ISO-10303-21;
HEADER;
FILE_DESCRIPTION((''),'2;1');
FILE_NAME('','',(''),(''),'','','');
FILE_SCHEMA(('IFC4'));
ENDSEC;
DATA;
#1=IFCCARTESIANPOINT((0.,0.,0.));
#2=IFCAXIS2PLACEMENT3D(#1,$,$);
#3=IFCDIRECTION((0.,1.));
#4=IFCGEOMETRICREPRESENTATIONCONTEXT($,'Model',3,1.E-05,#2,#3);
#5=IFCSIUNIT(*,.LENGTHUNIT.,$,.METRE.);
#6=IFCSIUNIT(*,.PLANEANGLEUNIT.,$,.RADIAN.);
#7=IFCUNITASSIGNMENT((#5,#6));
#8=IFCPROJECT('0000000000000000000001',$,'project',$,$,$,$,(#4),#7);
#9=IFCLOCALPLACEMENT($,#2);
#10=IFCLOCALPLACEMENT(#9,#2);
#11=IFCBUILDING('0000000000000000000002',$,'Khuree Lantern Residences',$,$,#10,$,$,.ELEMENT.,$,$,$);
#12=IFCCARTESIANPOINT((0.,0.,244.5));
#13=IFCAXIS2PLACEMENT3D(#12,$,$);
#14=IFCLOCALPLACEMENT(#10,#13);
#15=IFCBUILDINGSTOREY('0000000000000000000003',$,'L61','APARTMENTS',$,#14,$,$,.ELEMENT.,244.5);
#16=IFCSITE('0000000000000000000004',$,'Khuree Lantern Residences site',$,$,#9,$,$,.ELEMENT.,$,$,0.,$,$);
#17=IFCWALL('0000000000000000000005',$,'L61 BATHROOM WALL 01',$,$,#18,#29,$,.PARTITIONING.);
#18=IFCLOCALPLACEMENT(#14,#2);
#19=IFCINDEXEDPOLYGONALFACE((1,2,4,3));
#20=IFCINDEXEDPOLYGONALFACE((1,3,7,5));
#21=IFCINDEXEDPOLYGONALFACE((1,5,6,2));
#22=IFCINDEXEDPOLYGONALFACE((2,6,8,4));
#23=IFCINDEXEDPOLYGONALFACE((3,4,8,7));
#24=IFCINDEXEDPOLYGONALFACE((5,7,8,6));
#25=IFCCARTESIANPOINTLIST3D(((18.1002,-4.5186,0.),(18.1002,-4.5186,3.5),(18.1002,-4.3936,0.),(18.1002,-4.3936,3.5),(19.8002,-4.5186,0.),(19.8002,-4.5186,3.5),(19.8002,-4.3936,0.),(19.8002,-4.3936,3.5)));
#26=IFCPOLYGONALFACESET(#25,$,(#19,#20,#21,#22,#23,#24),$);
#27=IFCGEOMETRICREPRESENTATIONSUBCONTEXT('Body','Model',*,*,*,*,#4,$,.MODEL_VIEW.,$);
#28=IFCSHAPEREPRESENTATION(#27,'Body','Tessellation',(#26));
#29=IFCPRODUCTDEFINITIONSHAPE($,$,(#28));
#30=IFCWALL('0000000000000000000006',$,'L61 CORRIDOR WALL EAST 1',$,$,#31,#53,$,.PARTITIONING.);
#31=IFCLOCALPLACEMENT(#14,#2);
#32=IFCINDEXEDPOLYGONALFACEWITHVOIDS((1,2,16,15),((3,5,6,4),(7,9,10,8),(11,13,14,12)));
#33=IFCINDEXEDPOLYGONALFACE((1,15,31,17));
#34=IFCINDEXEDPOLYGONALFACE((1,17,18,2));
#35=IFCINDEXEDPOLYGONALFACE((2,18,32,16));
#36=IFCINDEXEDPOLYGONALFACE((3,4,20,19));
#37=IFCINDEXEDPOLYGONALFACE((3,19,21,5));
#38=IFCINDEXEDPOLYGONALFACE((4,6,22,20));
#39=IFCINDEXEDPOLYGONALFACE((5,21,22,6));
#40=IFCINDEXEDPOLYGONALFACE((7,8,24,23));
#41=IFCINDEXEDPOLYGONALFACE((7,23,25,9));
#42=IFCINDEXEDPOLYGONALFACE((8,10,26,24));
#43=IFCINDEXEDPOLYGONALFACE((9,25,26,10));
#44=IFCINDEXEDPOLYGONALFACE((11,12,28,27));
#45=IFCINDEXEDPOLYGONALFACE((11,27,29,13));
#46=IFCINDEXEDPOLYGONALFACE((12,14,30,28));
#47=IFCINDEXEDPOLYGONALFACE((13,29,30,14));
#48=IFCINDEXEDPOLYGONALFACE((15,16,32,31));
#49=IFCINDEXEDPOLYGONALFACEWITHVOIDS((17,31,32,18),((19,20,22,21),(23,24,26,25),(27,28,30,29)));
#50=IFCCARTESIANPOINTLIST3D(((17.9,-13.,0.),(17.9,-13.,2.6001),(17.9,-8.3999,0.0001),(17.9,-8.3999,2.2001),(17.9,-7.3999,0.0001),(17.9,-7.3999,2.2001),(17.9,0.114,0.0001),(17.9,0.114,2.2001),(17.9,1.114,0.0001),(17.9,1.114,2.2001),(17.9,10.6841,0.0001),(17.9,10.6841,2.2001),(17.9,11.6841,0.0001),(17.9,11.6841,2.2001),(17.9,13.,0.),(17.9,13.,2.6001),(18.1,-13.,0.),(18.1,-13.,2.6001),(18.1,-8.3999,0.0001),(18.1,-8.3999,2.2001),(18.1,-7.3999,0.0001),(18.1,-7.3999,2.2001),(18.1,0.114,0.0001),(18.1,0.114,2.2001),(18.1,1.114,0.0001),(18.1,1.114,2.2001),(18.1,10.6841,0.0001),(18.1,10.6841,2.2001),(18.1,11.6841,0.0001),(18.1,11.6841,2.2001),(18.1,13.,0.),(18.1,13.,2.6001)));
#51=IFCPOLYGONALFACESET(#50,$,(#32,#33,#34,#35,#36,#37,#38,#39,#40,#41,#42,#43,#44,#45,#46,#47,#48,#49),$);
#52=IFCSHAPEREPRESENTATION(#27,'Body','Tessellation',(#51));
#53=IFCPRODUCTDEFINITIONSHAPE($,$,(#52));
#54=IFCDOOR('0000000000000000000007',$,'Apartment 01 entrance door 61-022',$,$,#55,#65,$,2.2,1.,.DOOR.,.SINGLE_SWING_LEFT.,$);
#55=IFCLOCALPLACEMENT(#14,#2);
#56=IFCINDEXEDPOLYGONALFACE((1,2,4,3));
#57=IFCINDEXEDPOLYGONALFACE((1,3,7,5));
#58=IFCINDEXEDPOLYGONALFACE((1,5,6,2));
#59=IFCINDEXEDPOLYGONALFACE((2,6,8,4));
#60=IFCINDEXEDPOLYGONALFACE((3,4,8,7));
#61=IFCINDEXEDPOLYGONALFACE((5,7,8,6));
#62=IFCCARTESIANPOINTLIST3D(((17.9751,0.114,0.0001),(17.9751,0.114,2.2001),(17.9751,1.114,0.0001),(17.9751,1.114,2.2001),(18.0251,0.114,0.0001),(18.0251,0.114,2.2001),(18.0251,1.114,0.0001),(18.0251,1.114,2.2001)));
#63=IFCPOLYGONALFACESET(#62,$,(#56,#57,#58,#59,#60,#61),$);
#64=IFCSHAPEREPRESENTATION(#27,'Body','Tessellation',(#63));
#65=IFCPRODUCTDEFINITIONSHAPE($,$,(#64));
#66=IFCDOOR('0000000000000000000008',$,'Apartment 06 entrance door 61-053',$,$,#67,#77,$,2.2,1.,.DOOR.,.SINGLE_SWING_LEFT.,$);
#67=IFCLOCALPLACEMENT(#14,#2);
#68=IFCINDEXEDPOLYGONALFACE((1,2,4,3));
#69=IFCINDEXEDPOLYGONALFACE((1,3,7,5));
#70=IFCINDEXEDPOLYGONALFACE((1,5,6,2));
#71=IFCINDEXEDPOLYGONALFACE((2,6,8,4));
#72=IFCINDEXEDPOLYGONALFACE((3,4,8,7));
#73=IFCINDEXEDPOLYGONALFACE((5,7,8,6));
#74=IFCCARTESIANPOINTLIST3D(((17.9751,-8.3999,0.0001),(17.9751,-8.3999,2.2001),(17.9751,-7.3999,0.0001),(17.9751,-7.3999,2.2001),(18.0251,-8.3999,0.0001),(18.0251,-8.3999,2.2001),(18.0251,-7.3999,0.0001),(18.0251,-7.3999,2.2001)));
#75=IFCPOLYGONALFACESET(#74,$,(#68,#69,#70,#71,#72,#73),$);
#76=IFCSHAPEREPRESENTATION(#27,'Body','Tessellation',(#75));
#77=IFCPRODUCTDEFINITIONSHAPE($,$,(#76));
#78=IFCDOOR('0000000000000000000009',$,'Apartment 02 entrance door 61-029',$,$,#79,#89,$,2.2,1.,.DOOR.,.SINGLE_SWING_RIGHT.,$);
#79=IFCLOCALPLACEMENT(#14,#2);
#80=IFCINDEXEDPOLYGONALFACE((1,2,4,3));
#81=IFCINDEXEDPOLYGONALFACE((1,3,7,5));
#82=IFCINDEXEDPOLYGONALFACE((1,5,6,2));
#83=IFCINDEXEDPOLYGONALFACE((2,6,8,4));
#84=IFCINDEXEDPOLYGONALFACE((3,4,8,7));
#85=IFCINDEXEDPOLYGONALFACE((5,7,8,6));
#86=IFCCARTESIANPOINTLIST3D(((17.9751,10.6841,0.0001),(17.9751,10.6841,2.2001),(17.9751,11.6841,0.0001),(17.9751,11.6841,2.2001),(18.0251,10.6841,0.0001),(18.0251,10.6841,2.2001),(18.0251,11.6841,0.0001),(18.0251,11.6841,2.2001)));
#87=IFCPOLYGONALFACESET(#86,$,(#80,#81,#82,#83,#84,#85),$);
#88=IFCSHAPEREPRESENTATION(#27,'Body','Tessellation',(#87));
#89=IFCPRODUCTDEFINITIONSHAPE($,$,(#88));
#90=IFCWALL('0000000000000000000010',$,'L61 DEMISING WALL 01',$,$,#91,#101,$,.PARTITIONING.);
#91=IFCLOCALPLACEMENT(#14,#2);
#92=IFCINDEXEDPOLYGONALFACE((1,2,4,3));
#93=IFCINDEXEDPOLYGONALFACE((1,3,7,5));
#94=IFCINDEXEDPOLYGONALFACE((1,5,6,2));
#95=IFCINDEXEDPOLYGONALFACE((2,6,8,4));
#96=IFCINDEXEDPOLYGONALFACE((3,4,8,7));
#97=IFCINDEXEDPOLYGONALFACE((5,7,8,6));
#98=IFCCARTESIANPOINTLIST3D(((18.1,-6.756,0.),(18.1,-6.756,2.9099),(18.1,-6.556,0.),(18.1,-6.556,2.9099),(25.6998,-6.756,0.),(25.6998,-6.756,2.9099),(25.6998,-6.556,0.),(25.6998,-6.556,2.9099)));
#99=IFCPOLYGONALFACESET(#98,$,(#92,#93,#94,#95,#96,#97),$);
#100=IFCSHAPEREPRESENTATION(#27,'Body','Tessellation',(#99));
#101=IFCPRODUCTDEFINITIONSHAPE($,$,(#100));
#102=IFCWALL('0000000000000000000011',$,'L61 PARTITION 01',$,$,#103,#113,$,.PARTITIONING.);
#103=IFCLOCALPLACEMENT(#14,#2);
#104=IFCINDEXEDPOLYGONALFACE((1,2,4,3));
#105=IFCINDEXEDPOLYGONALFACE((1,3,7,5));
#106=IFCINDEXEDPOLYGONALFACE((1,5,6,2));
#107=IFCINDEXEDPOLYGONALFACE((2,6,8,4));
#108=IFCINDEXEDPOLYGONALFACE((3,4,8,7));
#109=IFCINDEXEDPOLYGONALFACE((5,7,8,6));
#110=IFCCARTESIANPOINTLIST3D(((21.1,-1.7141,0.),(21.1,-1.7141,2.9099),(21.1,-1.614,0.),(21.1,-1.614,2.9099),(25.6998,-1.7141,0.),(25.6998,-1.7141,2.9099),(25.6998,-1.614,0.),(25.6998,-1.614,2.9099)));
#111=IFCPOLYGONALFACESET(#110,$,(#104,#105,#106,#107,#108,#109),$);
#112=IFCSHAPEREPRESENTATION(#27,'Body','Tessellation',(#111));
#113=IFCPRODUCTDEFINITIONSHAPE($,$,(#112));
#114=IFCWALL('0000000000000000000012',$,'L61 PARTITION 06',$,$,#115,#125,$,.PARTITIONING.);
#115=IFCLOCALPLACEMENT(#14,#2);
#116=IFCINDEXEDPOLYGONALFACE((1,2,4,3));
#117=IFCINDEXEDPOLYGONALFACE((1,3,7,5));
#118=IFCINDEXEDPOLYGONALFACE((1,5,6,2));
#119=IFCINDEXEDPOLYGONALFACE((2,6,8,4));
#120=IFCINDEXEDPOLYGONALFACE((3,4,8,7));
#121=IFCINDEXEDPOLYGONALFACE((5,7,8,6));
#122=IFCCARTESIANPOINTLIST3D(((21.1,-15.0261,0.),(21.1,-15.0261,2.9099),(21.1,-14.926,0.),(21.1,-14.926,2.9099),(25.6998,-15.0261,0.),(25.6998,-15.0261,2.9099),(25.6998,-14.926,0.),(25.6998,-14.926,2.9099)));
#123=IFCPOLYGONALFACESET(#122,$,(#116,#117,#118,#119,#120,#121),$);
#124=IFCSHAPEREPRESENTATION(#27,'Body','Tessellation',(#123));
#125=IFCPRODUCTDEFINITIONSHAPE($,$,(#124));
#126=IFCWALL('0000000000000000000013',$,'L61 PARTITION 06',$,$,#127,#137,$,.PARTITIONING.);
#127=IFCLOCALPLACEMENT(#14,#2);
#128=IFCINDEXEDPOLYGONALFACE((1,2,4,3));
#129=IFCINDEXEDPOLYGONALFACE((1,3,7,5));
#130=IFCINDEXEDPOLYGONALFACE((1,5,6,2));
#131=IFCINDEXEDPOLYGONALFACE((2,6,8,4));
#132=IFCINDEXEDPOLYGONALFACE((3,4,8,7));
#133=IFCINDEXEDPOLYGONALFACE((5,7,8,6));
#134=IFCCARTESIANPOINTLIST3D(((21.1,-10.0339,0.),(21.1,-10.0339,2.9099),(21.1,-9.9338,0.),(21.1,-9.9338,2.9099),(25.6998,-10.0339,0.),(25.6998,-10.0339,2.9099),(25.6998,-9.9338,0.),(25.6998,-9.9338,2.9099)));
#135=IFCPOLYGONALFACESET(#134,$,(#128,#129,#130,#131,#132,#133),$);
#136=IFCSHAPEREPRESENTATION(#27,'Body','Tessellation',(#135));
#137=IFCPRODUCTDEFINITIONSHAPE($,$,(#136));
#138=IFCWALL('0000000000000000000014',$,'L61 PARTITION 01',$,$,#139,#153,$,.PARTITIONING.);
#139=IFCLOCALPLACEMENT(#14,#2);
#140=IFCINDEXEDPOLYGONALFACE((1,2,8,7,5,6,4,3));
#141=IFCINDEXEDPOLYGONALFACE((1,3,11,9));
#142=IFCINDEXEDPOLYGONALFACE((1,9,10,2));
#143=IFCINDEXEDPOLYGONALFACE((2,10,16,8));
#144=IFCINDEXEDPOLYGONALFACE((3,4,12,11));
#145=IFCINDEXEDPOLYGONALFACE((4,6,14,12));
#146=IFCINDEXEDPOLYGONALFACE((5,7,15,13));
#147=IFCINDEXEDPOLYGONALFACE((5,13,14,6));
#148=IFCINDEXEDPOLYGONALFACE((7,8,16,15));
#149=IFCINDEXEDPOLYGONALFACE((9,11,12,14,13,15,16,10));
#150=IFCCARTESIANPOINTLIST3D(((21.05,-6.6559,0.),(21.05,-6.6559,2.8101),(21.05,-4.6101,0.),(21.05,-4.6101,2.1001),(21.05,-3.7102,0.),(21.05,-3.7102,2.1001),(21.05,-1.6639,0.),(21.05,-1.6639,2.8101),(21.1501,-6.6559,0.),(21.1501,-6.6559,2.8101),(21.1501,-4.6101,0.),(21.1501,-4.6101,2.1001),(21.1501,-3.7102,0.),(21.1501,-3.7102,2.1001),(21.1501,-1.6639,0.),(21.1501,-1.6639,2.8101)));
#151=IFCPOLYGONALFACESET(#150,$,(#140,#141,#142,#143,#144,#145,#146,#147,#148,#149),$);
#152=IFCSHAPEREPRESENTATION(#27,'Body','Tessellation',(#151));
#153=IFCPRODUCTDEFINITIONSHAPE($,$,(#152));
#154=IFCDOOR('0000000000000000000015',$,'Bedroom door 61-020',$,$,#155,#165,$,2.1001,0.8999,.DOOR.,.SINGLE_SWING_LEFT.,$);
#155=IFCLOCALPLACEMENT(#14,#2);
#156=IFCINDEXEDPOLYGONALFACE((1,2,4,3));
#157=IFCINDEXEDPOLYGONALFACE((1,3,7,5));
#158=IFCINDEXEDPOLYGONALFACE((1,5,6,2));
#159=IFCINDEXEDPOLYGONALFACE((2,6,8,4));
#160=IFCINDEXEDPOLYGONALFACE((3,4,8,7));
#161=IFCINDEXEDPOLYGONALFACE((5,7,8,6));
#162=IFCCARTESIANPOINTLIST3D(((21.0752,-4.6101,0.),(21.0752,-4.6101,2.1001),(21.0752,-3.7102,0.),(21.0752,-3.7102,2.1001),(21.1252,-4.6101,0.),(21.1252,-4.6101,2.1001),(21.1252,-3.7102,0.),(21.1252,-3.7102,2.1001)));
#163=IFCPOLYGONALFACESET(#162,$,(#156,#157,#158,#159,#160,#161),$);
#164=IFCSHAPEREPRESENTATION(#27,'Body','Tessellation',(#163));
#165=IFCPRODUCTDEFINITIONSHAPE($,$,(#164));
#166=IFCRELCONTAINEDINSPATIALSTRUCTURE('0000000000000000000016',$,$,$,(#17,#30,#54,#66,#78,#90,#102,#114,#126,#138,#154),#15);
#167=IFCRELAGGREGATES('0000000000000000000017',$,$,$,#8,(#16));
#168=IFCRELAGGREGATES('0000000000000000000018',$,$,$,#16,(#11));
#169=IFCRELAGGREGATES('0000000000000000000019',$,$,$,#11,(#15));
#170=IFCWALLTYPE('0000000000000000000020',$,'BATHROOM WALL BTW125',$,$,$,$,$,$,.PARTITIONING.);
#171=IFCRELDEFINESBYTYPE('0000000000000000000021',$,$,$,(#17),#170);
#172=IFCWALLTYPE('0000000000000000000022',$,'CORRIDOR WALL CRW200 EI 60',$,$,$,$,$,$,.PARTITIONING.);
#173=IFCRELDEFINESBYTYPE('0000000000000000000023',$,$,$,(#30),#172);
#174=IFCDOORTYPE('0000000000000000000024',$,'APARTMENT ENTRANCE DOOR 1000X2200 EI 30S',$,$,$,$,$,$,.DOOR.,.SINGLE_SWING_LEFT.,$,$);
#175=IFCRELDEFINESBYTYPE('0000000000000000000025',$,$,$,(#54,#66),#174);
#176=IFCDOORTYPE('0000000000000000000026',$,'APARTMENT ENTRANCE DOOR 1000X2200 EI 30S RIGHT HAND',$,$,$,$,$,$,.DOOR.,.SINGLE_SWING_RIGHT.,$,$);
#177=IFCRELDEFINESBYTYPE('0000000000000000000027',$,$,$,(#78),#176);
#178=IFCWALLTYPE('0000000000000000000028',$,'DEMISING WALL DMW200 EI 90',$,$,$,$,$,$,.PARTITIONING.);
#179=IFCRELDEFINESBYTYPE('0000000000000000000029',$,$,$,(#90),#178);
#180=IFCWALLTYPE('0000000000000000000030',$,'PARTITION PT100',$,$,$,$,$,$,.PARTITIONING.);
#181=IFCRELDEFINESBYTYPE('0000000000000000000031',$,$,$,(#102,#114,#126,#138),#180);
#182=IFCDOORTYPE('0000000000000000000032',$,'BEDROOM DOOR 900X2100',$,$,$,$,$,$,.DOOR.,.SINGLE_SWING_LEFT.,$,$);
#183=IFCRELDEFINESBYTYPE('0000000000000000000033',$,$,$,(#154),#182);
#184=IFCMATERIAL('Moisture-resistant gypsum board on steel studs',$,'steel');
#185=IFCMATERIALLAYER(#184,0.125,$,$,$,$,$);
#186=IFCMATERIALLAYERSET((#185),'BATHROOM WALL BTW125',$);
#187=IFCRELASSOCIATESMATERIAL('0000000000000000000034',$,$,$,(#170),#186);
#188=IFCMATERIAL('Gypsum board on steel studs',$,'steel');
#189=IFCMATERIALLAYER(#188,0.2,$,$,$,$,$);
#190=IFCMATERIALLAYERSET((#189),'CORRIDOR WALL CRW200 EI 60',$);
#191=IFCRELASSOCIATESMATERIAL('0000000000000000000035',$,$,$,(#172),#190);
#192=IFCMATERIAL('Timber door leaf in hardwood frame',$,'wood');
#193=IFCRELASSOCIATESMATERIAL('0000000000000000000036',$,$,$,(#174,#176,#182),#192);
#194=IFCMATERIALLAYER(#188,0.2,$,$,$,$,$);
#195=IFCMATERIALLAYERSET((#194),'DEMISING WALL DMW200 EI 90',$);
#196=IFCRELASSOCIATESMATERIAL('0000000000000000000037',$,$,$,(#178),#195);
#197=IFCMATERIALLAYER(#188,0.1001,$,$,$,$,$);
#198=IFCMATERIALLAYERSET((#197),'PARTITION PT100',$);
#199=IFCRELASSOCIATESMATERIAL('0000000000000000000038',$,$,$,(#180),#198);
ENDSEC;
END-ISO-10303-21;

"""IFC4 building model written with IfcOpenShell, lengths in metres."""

from ifc_helpers import new_model, si_unit, direction, frame, frame_2d, origin, place, context, subcontext, project, spatial, rectangle, extrude, material, layer, layer_set, type_object, element, fill, save


model = new_model("IFC4")

# Units and contexts
model_context = context("Model", 3, precision=1e-05, world=origin(), true_north=direction((0.0, 1.0)))
body_context = subcontext(model_context, "Body", "Model", "MODEL_VIEW")
ifc_project = project(units=[si_unit("LENGTHUNIT", "METRE"), si_unit("PLANEANGLEUNIT", "RADIAN")], contexts=[model_context])

# Site, building, storey
site_placement = place(None, origin())
site = spatial("IfcSite", under=ifc_project, at=site_placement, Name="Khuree Lantern Residences site", CompositionType="ELEMENT", RefElevation=0.0)
building_placement = place(site_placement, origin())
building = spatial("IfcBuilding", under=site, at=building_placement, Name="Khuree Lantern Residences", CompositionType="ELEMENT")
storey_placement = place(building_placement, frame((0.0, 0.0, 244.5)))
storey = spatial("IfcBuildingStorey", under=building, at=storey_placement, Name="L61", Description="APARTMENTS", CompositionType="ELEMENT", Elevation=244.5)

# Shared definitions
ifc_material_1 = material(Name="Moisture-resistant gypsum board on steel studs", Category="steel")
ifc_layer_1 = layer(ifc_material_1, 0.125)
ifc_layer_set_1 = layer_set([ifc_layer_1], Name="BATHROOM WALL BTW125")
wall_type_1 = type_object("IfcWallType", Name="BATHROOM WALL BTW125", PredefinedType="PARTITIONING", material=ifc_layer_set_1)
ifc_material_2 = material(Name="Timber door leaf in hardwood frame", Category="wood")

# Wall
wall_1_placement = place(storey_placement, frame((18.1001, -4.4561, 0.0), z_axis=(0.0, 0.0, 1.0), x_axis=(1.0, 0.0, 0.0)))
element("IfcWall", 1, at=wall_1_placement, inside=storey, type_object=wall_type_1, Name="L61 BATHROOM WALL 01", PredefinedType="PARTITIONING", context=body_context, shape_type="SweptSolid", body=[
    extrude(rectangle(XDim=1.7, YDim=0.125, at=frame_2d((0.8501, 0.0))), origin(), (0.0, 0.0, 1.0), 3.5),
])

# Wall, openings, doors
ifc_material_3 = material(Name="Gypsum board on steel studs", Category="steel")
ifc_layer_2 = layer(ifc_material_3, 0.2)
ifc_layer_set_2 = layer_set([ifc_layer_2], Name="CORRIDOR WALL CRW200 EI 60")
wall_type_2 = type_object("IfcWallType", Name="CORRIDOR WALL CRW200 EI 60", PredefinedType="PARTITIONING", material=ifc_layer_set_2)
wall_2_placement = place(storey_placement, frame((18.0, -13.0, 0.0), z_axis=(0.0, 0.0, 1.0), x_axis=(0.0, 1.0, 0.0)))
wall_2 = element("IfcWall", 2, at=wall_2_placement, inside=storey, type_object=wall_type_2, Name="L61 CORRIDOR WALL EAST 1", PredefinedType="PARTITIONING", context=body_context, shape_type="SweptSolid", body=[
    extrude(rectangle(XDim=26.0, YDim=0.2, at=frame_2d((13.0, 0.0))), origin(), (0.0, 0.0, 1.0), 2.6001),
])
opening_1_placement = place(wall_2_placement, frame((13.114, 0.0, 0.0)))
opening_1 = element("IfcOpeningElement", 3, at=opening_1_placement, cuts=wall_2, PredefinedType="OPENING", context=body_context, shape_type="SweptSolid", body=[
    extrude(rectangle(XDim=1.0, YDim=2.2, at=frame_2d((0.5, 1.1001))), frame((0.0, 0.1099, 0.0), z_axis=(0.0, -1.0, 0.0), x_axis=(1.0, 0.0, 0.0)), (0.0, 0.0, 1.0), 0.22),
])
opening_2_placement = place(wall_2_placement, frame((23.6841, 0.0, 0.0)))
opening_2 = element("IfcOpeningElement", 4, at=opening_2_placement, cuts=wall_2, PredefinedType="OPENING", context=body_context, shape_type="SweptSolid", body=[
    extrude(rectangle(XDim=1.0, YDim=2.2, at=frame_2d((0.5, 1.1001))), frame((0.0, 0.1099, 0.0), z_axis=(0.0, -1.0, 0.0), x_axis=(1.0, 0.0, 0.0)), (0.0, 0.0, 1.0), 0.22),
])
opening_3_placement = place(wall_2_placement, frame((4.6001, 0.0, 0.0)))
opening_3 = element("IfcOpeningElement", 5, at=opening_3_placement, cuts=wall_2, PredefinedType="OPENING", context=body_context, shape_type="SweptSolid", body=[
    extrude(rectangle(XDim=1.0, YDim=2.2, at=frame_2d((0.5, 1.1001))), frame((0.0, 0.1099, 0.0), z_axis=(0.0, -1.0, 0.0), x_axis=(1.0, 0.0, 0.0)), (0.0, 0.0, 1.0), 0.22),
])
door_type_1 = type_object("IfcDoorType", Name="APARTMENT ENTRANCE DOOR 1000X2200 EI 30S", OperationType="SINGLE_SWING_LEFT", PredefinedType="DOOR", material=ifc_material_2)
door_1_placement = place(opening_1_placement, origin())
door_1 = element("IfcDoor", 6, at=door_1_placement, inside=storey, type_object=door_type_1, Name="Apartment 01 entrance door 61-022", OperationType="SINGLE_SWING_LEFT", OverallHeight=2.2, OverallWidth=1.0, PredefinedType="DOOR", context=body_context, shape_type="SweptSolid", body=[
    extrude(rectangle(XDim=1.0, YDim=2.2, at=frame_2d((0.5, 1.1001))), frame((0.0, 0.0249, 0.0), z_axis=(0.0, -1.0, 0.0), x_axis=(1.0, 0.0, 0.0)), (0.0, 0.0, 1.0), 0.05),
])
fill(opening_1, door_1)
door_2_placement = place(opening_3_placement, origin())
door_2 = element("IfcDoor", 7, at=door_2_placement, inside=storey, type_object=door_type_1, Name="Apartment 06 entrance door 61-053", OperationType="SINGLE_SWING_LEFT", OverallHeight=2.2, OverallWidth=1.0, PredefinedType="DOOR", context=body_context, shape_type="SweptSolid", body=[
    extrude(rectangle(XDim=1.0, YDim=2.2, at=frame_2d((0.5, 1.1001))), frame((0.0, 0.0249, 0.0), z_axis=(0.0, -1.0, 0.0), x_axis=(1.0, 0.0, 0.0)), (0.0, 0.0, 1.0), 0.05),
])
fill(opening_3, door_2)
door_type_2 = type_object("IfcDoorType", Name="APARTMENT ENTRANCE DOOR 1000X2200 EI 30S RIGHT HAND", OperationType="SINGLE_SWING_RIGHT", PredefinedType="DOOR", material=ifc_material_2)
door_3_placement = place(opening_2_placement, origin())
door_3 = element("IfcDoor", 8, at=door_3_placement, inside=storey, type_object=door_type_2, Name="Apartment 02 entrance door 61-029", OperationType="SINGLE_SWING_RIGHT", OverallHeight=2.2, OverallWidth=1.0, PredefinedType="DOOR", context=body_context, shape_type="SweptSolid", body=[
    extrude(rectangle(XDim=1.0, YDim=2.2, at=frame_2d((0.5, 1.1001))), frame((0.0, 0.0249, 0.0), z_axis=(0.0, -1.0, 0.0), x_axis=(1.0, 0.0, 0.0)), (0.0, 0.0, 1.0), 0.05),
])
fill(opening_2, door_3)

# Walls
ifc_layer_3 = layer(ifc_material_3, 0.2)
ifc_layer_set_3 = layer_set([ifc_layer_3], Name="DEMISING WALL DMW200 EI 90")
wall_type_3 = type_object("IfcWallType", Name="DEMISING WALL DMW200 EI 90", PredefinedType="PARTITIONING", material=ifc_layer_set_3)
wall_3_placement = place(storey_placement, frame((18.1001, -6.656, 0.0), z_axis=(0.0, 0.0, 1.0), x_axis=(1.0, 0.0, 0.0)))
element("IfcWall", 9, at=wall_3_placement, inside=storey, type_object=wall_type_3, Name="L61 DEMISING WALL 01", PredefinedType="PARTITIONING", context=body_context, shape_type="SweptSolid", body=[
    extrude(rectangle(XDim=7.5999, YDim=0.2, at=frame_2d((3.7998, 0.0))), origin(), (0.0, 0.0, 1.0), 2.9099),
])
ifc_layer_4 = layer(ifc_material_3, 0.1001)
ifc_layer_set_4 = layer_set([ifc_layer_4], Name="PARTITION PT100")
wall_type_4 = type_object("IfcWallType", Name="PARTITION PT100", PredefinedType="PARTITIONING", material=ifc_layer_set_4)
for number, where, z_axis, x_axis, name in (
    (10, (21.1001, -1.6641, 0.0), (0.0, 0.0, 1.0), (1.0, 0.0, 0.0), "L61 PARTITION 01"),
    (11, (21.1001, -14.9761, 0.0), (0.0, 0.0, 1.0), (1.0, 0.0, 0.0), "L61 PARTITION 06"),
    (12, (21.1001, -9.9839, 0.0), (0.0, 0.0, 1.0), (1.0, 0.0, 0.0), "L61 PARTITION 06"),
):
    element("IfcWall", number, at=place(storey_placement, frame(where, z_axis=z_axis, x_axis=x_axis)), inside=storey, type_object=wall_type_4, Name=name, PredefinedType="PARTITIONING", context=body_context, shape_type="SweptSolid", body=[
        extrude(rectangle(XDim=4.5999, YDim=0.1001, at=frame_2d((2.2998, 0.0))), origin(), (0.0, 0.0, 1.0), 2.9099),
    ])

# Wall, opening, door
wall_4_placement = place(storey_placement, frame((21.1001, -6.656, 0.0), z_axis=(0.0, 0.0, 1.0), x_axis=(0.0, 1.0, 0.0)))
wall_4 = element("IfcWall", 13, at=wall_4_placement, inside=storey, type_object=wall_type_4, Name="L61 PARTITION 01", PredefinedType="PARTITIONING", context=body_context, shape_type="SweptSolid", body=[
    extrude(rectangle(XDim=4.9919, YDim=0.1001, at=frame_2d((2.4961, 0.0))), origin(), (0.0, 0.0, 1.0), 2.8101),
])
opening_4_placement = place(wall_4_placement, frame((2.0459, 0.0, 0.0)))
opening_4 = element("IfcOpeningElement", 14, at=opening_4_placement, cuts=wall_4, PredefinedType="OPENING", context=body_context, shape_type="SweptSolid", body=[
    extrude(rectangle(XDim=0.8999, YDim=2.1001, at=frame_2d((0.45, 1.05))), frame((0.0, 0.0601, 0.0), z_axis=(0.0, -1.0, 0.0), x_axis=(1.0, 0.0, 0.0)), (0.0, 0.0, 1.0), 0.1201),
])
door_type_3 = type_object("IfcDoorType", Name="BEDROOM DOOR 900X2100", OperationType="SINGLE_SWING_LEFT", PredefinedType="DOOR", material=ifc_material_2)
door_4_placement = place(opening_4_placement, origin())
door_4 = element("IfcDoor", 15, at=door_4_placement, inside=storey, type_object=door_type_3, Name="Bedroom door 61-020", OperationType="SINGLE_SWING_LEFT", OverallHeight=2.1001, OverallWidth=0.8999, PredefinedType="DOOR", context=body_context, shape_type="SweptSolid", body=[
    extrude(rectangle(XDim=0.8999, YDim=2.1001, at=frame_2d((0.45, 1.05))), frame((0.0, 0.0249, 0.0), z_axis=(0.0, -1.0, 0.0), x_axis=(1.0, 0.0, 0.0)), (0.0, 0.0, 1.0), 0.05),
])
fill(opening_4, door_4)

save(model, "model.ifc")
